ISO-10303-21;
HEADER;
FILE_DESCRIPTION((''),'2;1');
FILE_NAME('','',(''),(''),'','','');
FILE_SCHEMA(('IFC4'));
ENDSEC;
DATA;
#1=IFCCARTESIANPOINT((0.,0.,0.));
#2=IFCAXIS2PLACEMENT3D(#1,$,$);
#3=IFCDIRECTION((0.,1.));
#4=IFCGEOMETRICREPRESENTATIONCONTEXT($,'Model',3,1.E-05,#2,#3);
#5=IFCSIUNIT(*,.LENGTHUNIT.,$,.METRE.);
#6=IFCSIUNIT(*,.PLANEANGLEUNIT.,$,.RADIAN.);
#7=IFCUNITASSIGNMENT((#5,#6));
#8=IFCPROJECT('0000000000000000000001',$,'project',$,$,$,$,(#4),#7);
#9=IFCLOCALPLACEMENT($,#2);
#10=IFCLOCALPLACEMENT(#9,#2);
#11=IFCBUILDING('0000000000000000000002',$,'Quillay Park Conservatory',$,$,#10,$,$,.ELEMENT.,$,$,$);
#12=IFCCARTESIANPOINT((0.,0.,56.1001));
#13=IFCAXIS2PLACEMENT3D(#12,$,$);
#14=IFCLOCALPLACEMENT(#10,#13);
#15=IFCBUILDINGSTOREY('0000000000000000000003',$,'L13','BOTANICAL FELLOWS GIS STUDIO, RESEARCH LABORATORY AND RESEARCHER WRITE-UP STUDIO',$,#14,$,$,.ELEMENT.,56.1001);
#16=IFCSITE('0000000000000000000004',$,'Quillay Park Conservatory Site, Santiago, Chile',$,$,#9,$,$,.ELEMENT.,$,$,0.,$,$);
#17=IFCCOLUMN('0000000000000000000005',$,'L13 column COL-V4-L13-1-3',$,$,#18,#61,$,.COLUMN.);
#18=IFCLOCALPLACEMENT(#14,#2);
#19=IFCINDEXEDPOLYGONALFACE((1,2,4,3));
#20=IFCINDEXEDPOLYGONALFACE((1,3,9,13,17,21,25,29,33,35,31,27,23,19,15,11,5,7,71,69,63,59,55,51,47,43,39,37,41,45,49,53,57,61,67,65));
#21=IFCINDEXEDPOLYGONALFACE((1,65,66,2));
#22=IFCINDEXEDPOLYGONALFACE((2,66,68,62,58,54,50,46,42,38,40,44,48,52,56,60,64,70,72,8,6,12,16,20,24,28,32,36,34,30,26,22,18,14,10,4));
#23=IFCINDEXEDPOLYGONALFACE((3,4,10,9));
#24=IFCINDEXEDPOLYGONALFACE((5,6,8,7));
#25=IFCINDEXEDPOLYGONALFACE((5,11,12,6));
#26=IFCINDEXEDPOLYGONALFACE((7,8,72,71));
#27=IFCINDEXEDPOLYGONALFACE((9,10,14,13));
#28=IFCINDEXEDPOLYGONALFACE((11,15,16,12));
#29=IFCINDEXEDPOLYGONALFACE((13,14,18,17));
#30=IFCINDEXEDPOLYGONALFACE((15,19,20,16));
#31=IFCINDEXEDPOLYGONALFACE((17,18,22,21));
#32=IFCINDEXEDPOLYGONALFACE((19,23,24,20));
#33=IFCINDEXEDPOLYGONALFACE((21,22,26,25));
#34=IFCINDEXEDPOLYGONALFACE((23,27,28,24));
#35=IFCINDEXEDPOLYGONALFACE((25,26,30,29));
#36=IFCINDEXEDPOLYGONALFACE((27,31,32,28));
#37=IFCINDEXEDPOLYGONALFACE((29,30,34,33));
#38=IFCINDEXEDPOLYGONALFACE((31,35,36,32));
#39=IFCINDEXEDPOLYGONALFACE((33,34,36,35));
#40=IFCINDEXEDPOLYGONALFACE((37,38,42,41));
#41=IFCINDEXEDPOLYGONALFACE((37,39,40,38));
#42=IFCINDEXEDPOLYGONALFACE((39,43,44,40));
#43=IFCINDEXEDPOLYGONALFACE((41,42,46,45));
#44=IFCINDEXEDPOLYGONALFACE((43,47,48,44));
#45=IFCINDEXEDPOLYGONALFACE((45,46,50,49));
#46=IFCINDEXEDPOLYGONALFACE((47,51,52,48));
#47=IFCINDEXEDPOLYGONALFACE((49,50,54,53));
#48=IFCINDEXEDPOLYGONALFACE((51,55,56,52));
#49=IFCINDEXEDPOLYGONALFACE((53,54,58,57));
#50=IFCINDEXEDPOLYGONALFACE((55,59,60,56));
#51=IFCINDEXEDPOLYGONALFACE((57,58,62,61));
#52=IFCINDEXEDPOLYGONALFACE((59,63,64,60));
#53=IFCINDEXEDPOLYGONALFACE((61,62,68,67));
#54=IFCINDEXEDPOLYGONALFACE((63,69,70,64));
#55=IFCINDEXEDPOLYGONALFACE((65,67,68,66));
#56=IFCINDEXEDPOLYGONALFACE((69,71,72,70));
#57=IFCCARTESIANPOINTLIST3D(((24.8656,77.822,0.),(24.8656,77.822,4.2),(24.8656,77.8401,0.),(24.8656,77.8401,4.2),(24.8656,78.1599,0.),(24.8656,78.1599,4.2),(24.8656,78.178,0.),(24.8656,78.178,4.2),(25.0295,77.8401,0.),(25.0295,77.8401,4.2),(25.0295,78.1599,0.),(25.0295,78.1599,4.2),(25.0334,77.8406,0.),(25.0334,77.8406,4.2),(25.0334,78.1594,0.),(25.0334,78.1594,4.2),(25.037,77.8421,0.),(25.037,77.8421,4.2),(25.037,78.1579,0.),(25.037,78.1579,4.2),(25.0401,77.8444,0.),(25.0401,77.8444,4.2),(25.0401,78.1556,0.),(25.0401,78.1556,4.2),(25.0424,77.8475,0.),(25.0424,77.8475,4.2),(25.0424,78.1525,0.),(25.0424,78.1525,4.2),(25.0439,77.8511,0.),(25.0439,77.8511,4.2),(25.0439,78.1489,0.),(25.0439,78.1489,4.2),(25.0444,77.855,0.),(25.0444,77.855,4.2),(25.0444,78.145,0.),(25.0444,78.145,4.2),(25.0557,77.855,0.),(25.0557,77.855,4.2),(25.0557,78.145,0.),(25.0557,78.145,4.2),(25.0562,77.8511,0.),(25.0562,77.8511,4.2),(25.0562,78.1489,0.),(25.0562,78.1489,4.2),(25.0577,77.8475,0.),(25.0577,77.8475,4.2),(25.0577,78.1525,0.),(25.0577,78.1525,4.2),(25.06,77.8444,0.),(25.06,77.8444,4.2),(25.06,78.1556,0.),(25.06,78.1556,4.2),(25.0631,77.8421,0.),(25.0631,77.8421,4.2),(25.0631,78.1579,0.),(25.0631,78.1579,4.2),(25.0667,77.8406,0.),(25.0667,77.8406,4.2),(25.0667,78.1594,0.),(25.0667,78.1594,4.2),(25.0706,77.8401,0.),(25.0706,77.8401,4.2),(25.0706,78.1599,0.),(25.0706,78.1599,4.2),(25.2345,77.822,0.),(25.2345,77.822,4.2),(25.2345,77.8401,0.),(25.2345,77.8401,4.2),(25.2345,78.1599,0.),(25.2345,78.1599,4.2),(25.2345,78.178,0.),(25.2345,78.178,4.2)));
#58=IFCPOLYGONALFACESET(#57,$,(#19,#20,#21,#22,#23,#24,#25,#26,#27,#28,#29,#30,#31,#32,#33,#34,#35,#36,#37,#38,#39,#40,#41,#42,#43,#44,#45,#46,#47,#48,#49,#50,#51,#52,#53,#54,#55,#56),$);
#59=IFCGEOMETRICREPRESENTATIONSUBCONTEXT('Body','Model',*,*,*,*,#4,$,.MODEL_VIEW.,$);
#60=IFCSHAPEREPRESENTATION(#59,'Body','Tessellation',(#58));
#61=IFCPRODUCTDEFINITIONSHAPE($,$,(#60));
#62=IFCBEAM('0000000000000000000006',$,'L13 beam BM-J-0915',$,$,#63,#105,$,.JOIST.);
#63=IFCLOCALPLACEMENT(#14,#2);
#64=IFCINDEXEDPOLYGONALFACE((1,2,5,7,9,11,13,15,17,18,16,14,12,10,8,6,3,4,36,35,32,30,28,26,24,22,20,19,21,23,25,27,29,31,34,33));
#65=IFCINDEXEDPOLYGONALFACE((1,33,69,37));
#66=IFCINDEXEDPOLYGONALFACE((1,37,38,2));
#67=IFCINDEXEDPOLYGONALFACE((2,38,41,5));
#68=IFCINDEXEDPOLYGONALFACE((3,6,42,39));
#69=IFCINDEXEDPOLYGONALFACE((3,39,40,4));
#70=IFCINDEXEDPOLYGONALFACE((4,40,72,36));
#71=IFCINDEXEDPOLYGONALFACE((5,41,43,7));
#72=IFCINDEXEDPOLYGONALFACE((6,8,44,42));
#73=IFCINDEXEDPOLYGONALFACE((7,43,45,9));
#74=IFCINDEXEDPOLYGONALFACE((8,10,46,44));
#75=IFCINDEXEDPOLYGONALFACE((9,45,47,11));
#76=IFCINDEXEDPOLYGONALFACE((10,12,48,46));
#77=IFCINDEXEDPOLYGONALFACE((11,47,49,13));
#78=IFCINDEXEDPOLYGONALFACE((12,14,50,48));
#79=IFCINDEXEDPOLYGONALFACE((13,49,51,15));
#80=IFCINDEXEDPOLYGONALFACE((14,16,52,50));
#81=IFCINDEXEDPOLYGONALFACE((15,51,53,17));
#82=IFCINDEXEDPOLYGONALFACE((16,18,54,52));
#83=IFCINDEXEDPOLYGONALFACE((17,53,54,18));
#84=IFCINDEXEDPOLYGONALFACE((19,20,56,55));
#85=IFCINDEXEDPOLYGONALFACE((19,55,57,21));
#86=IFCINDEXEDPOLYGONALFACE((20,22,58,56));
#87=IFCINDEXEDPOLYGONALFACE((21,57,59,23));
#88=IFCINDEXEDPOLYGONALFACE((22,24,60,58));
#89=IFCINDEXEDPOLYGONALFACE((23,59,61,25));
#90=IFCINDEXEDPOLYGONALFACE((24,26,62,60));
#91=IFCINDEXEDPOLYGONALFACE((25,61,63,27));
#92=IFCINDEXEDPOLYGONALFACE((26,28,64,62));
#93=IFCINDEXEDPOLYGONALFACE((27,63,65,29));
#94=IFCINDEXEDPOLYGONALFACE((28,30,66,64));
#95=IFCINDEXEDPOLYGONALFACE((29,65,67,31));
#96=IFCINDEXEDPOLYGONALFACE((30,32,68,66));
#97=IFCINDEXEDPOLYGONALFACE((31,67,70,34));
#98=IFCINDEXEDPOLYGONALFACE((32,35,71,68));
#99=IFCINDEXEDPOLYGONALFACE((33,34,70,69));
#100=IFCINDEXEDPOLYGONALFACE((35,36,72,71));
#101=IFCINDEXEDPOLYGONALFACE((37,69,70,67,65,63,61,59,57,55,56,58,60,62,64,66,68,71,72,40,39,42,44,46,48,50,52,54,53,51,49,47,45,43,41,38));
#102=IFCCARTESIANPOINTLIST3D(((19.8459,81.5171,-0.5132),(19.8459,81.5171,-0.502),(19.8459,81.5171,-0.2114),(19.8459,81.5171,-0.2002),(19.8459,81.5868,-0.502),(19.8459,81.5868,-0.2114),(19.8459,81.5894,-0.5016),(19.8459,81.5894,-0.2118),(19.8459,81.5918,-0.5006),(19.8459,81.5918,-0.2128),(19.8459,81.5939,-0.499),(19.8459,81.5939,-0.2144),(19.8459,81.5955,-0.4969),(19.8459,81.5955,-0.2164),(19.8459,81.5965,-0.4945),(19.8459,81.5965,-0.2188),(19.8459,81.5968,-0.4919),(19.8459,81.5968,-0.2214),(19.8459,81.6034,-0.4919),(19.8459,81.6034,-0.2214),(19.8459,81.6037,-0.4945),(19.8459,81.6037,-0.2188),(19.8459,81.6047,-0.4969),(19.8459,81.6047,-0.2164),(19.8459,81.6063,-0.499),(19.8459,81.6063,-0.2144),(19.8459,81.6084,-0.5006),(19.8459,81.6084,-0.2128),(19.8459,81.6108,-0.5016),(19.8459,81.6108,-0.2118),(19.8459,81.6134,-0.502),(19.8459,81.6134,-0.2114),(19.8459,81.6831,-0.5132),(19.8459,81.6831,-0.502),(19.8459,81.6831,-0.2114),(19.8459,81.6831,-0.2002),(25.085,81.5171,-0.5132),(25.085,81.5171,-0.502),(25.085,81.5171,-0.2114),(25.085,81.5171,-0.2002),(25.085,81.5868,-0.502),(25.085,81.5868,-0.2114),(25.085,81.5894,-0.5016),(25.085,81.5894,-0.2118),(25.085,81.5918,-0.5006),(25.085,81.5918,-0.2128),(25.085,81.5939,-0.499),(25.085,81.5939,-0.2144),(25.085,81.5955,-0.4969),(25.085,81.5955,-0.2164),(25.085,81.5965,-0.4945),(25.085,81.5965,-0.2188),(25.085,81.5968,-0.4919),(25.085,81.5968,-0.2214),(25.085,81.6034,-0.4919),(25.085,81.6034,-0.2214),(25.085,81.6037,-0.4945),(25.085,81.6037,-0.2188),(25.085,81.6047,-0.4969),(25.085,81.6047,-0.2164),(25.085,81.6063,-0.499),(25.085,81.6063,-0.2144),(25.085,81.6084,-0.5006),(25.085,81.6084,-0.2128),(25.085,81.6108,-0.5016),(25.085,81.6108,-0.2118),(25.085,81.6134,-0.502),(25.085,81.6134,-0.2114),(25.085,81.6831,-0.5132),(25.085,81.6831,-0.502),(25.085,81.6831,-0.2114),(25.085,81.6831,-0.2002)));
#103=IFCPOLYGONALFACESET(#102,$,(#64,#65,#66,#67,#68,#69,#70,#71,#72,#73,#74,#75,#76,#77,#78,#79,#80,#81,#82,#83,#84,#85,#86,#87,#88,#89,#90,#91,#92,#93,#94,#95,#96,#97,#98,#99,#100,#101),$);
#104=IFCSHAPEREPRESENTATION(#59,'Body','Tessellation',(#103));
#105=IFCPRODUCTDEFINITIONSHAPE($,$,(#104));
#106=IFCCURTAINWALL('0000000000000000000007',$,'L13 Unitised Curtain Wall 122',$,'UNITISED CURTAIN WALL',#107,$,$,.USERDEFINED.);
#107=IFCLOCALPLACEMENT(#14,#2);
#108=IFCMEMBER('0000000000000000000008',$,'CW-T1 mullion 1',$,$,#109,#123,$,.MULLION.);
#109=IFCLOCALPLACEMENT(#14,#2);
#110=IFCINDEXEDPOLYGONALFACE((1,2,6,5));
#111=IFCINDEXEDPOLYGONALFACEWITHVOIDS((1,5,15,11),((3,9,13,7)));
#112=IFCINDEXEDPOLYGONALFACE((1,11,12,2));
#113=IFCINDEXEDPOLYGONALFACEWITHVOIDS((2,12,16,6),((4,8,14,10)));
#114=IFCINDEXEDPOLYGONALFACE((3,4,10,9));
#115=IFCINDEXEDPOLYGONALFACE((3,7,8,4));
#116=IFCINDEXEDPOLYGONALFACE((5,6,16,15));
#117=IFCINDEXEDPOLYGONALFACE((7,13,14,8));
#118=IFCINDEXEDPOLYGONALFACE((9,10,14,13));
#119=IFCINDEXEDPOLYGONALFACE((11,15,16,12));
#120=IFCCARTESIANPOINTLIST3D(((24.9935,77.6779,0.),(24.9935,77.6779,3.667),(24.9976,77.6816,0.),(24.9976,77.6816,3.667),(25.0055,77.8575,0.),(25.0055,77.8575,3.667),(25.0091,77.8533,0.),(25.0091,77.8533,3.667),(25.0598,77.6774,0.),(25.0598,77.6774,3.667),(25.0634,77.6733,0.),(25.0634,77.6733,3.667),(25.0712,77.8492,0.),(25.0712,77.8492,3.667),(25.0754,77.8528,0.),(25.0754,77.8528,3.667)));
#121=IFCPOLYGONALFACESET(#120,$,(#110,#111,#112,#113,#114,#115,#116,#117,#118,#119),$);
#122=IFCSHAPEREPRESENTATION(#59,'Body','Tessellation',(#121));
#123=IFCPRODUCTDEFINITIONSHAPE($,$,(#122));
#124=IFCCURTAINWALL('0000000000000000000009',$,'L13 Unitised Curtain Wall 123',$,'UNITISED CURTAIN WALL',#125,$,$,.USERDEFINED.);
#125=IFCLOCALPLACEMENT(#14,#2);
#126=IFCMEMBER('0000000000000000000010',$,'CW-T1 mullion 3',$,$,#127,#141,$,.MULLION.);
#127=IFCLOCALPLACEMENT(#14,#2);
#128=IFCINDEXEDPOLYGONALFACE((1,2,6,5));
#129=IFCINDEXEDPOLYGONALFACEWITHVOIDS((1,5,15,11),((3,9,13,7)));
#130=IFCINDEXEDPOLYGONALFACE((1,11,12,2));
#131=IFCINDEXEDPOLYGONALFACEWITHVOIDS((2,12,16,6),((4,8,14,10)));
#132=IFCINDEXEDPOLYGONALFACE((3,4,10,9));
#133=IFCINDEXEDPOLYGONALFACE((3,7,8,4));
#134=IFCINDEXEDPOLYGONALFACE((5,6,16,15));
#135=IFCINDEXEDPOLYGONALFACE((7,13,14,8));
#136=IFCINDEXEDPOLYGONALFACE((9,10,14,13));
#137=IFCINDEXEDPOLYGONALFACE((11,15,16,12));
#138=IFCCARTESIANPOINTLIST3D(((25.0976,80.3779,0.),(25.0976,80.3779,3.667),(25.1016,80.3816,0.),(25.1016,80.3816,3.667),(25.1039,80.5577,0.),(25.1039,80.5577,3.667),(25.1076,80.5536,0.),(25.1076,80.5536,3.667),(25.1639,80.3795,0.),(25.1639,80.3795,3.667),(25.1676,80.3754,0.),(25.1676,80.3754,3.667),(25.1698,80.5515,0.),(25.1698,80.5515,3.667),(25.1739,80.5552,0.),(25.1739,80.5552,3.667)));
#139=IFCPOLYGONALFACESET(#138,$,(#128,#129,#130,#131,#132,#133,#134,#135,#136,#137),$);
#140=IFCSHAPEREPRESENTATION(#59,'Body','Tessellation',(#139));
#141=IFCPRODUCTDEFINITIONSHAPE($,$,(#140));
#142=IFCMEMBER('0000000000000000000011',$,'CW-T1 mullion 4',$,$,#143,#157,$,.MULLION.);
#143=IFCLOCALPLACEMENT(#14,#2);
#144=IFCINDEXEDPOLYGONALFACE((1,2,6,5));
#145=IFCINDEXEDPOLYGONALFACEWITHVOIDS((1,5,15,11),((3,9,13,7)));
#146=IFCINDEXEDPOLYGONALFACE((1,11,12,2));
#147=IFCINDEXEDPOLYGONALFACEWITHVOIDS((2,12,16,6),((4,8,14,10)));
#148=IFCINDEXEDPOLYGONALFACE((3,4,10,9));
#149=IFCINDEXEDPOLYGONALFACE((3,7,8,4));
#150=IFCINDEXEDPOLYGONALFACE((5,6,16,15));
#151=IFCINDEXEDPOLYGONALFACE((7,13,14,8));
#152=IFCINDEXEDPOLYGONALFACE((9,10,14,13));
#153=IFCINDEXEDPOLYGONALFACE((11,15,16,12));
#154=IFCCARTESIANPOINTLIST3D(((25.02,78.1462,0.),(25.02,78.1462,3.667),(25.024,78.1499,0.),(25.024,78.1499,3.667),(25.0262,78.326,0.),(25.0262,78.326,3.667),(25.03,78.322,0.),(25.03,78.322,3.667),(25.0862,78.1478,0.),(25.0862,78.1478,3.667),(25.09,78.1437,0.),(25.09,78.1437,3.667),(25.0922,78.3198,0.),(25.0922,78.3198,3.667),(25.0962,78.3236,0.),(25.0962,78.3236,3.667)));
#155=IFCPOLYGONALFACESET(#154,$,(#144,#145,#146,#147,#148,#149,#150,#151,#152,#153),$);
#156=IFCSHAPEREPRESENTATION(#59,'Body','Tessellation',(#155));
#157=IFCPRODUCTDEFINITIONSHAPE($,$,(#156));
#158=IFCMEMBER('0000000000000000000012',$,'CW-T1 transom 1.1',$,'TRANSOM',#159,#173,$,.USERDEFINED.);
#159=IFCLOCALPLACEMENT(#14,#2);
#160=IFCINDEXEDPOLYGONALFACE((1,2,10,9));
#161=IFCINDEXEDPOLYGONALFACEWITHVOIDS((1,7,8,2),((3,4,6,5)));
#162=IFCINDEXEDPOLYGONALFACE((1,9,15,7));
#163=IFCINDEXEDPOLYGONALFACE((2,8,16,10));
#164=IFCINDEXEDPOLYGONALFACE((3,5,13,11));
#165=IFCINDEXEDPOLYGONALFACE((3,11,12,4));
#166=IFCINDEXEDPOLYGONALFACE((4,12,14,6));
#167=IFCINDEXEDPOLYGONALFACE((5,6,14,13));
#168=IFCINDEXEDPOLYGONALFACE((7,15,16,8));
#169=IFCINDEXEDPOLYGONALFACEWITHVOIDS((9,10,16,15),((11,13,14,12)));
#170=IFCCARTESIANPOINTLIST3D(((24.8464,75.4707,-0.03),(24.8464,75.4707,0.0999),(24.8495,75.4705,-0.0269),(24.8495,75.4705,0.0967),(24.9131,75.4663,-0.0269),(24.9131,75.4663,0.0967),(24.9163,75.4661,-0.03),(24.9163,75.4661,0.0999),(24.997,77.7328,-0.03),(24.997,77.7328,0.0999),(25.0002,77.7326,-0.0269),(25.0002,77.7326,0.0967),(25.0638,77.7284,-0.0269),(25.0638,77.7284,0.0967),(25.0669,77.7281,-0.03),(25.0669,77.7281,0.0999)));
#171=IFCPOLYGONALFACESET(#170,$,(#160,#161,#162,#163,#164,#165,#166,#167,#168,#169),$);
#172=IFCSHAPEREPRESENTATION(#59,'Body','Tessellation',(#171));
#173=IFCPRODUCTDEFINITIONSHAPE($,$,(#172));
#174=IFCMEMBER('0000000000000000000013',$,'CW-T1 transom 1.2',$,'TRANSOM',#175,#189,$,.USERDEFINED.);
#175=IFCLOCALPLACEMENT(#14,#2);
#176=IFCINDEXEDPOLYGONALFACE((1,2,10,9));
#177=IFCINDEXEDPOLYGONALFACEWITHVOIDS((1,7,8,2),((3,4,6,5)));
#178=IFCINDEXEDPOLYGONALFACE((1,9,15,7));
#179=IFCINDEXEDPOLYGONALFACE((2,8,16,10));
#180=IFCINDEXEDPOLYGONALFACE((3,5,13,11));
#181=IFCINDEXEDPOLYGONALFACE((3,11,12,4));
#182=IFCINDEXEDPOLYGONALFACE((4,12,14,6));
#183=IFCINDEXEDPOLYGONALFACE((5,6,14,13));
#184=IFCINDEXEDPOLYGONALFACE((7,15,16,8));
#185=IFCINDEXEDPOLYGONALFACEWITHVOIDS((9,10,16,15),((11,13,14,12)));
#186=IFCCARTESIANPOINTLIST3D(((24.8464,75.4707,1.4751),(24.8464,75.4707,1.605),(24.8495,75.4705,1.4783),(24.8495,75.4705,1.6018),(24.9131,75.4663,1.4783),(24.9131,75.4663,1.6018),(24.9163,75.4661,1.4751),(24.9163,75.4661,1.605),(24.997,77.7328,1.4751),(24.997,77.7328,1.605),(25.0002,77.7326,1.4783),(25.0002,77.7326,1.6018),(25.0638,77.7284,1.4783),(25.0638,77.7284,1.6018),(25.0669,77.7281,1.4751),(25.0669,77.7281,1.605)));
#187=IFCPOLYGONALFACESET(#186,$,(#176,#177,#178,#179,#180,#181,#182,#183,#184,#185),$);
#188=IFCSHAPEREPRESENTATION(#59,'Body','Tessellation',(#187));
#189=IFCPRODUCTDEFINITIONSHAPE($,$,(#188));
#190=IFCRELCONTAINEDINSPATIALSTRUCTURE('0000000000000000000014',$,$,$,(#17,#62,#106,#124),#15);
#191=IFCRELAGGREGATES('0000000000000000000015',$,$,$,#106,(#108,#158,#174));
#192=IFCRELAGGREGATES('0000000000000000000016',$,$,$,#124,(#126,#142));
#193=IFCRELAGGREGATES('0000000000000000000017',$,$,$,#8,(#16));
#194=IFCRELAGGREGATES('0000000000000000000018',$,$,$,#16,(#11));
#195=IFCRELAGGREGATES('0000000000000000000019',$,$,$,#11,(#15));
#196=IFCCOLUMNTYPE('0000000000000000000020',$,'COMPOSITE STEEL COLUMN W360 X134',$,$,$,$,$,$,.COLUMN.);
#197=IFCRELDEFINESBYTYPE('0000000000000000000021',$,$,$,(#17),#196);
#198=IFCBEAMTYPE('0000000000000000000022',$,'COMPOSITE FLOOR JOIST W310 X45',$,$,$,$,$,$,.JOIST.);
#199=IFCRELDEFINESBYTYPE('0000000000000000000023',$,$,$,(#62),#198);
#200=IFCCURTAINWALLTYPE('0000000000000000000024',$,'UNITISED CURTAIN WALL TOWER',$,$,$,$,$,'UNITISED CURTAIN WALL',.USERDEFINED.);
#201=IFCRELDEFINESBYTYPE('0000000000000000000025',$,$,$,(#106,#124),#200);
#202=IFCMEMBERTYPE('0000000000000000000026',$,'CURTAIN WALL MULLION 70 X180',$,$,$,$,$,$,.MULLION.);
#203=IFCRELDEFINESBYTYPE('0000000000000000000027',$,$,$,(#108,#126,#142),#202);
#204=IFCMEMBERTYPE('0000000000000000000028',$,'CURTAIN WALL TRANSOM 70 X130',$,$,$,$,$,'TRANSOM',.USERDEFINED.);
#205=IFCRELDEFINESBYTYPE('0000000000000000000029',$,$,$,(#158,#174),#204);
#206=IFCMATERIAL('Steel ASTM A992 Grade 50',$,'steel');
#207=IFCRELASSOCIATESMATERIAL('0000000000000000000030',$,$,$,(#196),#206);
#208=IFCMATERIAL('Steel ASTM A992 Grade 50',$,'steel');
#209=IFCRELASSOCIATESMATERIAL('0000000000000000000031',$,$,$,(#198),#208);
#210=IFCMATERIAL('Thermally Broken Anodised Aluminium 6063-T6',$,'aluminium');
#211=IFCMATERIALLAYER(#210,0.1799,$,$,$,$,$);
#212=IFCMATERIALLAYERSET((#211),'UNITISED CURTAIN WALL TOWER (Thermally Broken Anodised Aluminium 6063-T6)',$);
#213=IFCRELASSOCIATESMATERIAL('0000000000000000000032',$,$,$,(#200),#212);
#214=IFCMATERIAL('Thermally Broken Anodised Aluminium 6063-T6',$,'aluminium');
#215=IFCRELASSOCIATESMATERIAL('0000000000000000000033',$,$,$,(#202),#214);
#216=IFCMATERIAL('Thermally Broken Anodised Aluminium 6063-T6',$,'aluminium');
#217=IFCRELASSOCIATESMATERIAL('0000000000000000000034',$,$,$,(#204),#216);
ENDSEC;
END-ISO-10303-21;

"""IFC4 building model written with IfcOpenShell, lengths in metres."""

from ifc_helpers import new_model, si_unit, direction, frame, origin, origin_2d, place, context, subcontext, project, spatial, hollow_rectangle, i_section, extrude, material, layer, layer_set, material_profile, profile_set, type_object, element, aggregate, save


model = new_model("IFC4")

# Units and contexts
model_context = context("Model", 3, precision=1e-05, world=origin(), true_north=direction((0.0, 1.0)))
body_context = subcontext(model_context, "Body", "Model", "MODEL_VIEW")
ifc_project = project(units=[si_unit("LENGTHUNIT", "METRE"), si_unit("PLANEANGLEUNIT", "RADIAN")], contexts=[model_context])

# Site, building, storey
site_placement = place(None, origin())
site = spatial("IfcSite", under=ifc_project, at=site_placement, Name="Quillay Park Conservatory Site, Santiago, Chile", CompositionType="ELEMENT", RefElevation=0.0)
building_placement = place(site_placement, origin())
building = spatial("IfcBuilding", under=site, at=building_placement, Name="Quillay Park Conservatory", CompositionType="ELEMENT")
storey_placement = place(building_placement, frame((0.0, 0.0, 56.1001)))
storey = spatial("IfcBuildingStorey", under=building, at=storey_placement, Name="L13", Description="BOTANICAL FELLOWS GIS STUDIO, RESEARCH LABORATORY AND RESEARCHER WRITE-UP STUDIO", CompositionType="ELEMENT", Elevation=56.1001)

# Column
ifc_material_1 = material(Name="Steel ASTM A992 Grade 50", Category="steel")
ifc_material_profile_1 = material_profile(ifc_material_1, i_section(OverallWidth=0.3689, OverallDepth=0.356, WebThickness=0.0112, FlangeThickness=0.0181, FilletRadius=0.0149, at=origin_2d()), Name="W360x134")
ifc_profile_set_1 = profile_set([ifc_material_profile_1], Name="Steel ASTM A992 Grade 50")
column_type = type_object("IfcColumnType", Name="COMPOSITE STEEL COLUMN W360 X134", PredefinedType="COLUMN", material=ifc_profile_set_1)
column_placement = place(storey_placement, frame((25.05, 78.0, 0.0), z_axis=(0.0, 0.0, 1.0), x_axis=(1.0, 0.0, 0.0)))
element("IfcColumn", 1, at=column_placement, inside=storey, type_object=column_type, Name="L13 column COL-V4-L13-1-3", PredefinedType="COLUMN", context=body_context, shape_type="SweptSolid", body=[
    extrude(i_section(OverallWidth=0.3689, OverallDepth=0.356, WebThickness=0.0112, FlangeThickness=0.0181, FilletRadius=0.0149, at=origin_2d()), origin(), (0.0, 0.0, 1.0), 4.2),
])

# Beam
ifc_material_2 = material(Name="Steel ASTM A992 Grade 50", Category="steel")
ifc_material_profile_2 = material_profile(ifc_material_2, i_section(OverallWidth=0.166, OverallDepth=0.313, WebThickness=0.0066, FlangeThickness=0.0112, FilletRadius=0.01, at=origin_2d()), Name="W310x45")
ifc_profile_set_2 = profile_set([ifc_material_profile_2], Name="Steel ASTM A992 Grade 50")
beam_type_1 = type_object("IfcBeamType", Name="COMPOSITE FLOOR JOIST W310 X45", PredefinedType="JOIST", material=ifc_profile_set_2)
beam_1_placement = place(storey_placement, frame((19.8459, 81.6001, -0.3567), z_axis=(1.0, 0.0, 0.0), x_axis=(0.0, 1.0, 0.0)))
element("IfcBeam", 2, at=beam_1_placement, inside=storey, type_object=beam_type_1, Name="L13 beam BM-J-0915", PredefinedType="JOIST", context=body_context, shape_type="SweptSolid", body=[
    extrude(i_section(OverallWidth=0.166, OverallDepth=0.313, WebThickness=0.0066, FlangeThickness=0.0112, FilletRadius=0.01, at=origin_2d()), origin(), (0.0, 0.0, 1.0), 5.239),
])

# Curtain wall, member
ifc_material_3 = material(Name="Thermally Broken Anodised Aluminium 6063-T6", Category="aluminium")
ifc_layer_1 = layer(ifc_material_3, 0.1799)
ifc_layer_set_1 = layer_set([ifc_layer_1], Name="UNITISED CURTAIN WALL TOWER (Thermally Broken Anodised Aluminium 6063-T6)")
curtain_wall_type = type_object("IfcCurtainWallType", Name="UNITISED CURTAIN WALL TOWER", ElementType="UNITISED CURTAIN WALL", PredefinedType="USERDEFINED", material=ifc_layer_set_1)
curtain_wall_1_placement = place(storey_placement, origin())
curtain_wall_1 = element("IfcCurtainWall", 3, at=curtain_wall_1_placement, inside=storey, type_object=curtain_wall_type, Name="L13 Unitised Curtain Wall 122", ObjectType="UNITISED CURTAIN WALL", PredefinedType="USERDEFINED")
ifc_material_4 = material(Name="Thermally Broken Anodised Aluminium 6063-T6", Category="aluminium")
ifc_material_profile_3 = material_profile(ifc_material_4, hollow_rectangle(XDim=0.0701, YDim=0.1799, WallThickness=0.0039, at=origin_2d()), Name="AL70x180x4")
ifc_profile_set_3 = profile_set([ifc_material_profile_3], Name="Thermally Broken Anodised Aluminium 6063-T6")
member_type_1 = type_object("IfcMemberType", Name="CURTAIN WALL MULLION 70 X180", PredefinedType="MULLION", material=ifc_profile_set_3)
member_1_placement = place(storey_placement, frame((25.0344, 77.7654, 0.0), z_axis=(0.0, 0.0, 1.0), x_axis=(0.997785, -0.066521, 0.0)))
member_1 = element("IfcMember", 4, at=member_1_placement, type_object=member_type_1, Name="CW-T1 mullion 1", PredefinedType="MULLION", context=body_context, shape_type="SweptSolid", body=[
    extrude(hollow_rectangle(XDim=0.0701, YDim=0.1799, WallThickness=0.0039, at=origin_2d()), origin(), (0.0, 0.0, 1.0), 3.667),
])

# Curtain wall, members
curtain_wall_2_placement = place(storey_placement, origin())
curtain_wall_2 = element("IfcCurtainWall", 5, at=curtain_wall_2_placement, inside=storey, type_object=curtain_wall_type, Name="L13 Unitised Curtain Wall 123", ObjectType="UNITISED CURTAIN WALL", PredefinedType="USERDEFINED")
member_2_placement = place(storey_placement, frame((25.1357, 80.4666, 0.0), z_axis=(0.0, 0.0, 1.0), x_axis=(0.999397, -0.034713, 0.0)))
member_2 = element("IfcMember", 6, at=member_2_placement, type_object=member_type_1, Name="CW-T1 mullion 3", PredefinedType="MULLION", context=body_context, shape_type="SweptSolid", body=[
    extrude(hollow_rectangle(XDim=0.0701, YDim=0.1799, WallThickness=0.0039, at=origin_2d()), origin(), (0.0, 0.0, 1.0), 3.667),
])
member_3_placement = place(storey_placement, frame((25.0581, 78.2349, 0.0), z_axis=(0.0, 0.0, 1.0), x_axis=(0.999397, -0.034713, 0.0)))
member_3 = element("IfcMember", 7, at=member_3_placement, type_object=member_type_1, Name="CW-T1 mullion 4", PredefinedType="MULLION", context=body_context, shape_type="SweptSolid", body=[
    extrude(hollow_rectangle(XDim=0.0701, YDim=0.1799, WallThickness=0.0039, at=origin_2d()), origin(), (0.0, 0.0, 1.0), 3.667),
])

# Members
ifc_material_5 = material(Name="Thermally Broken Anodised Aluminium 6063-T6", Category="aluminium")
ifc_material_profile_4 = material_profile(ifc_material_5, hollow_rectangle(XDim=0.0701, YDim=0.1299, WallThickness=0.0032, at=origin_2d()), Name="AL70x130x3.2")
ifc_profile_set_4 = profile_set([ifc_material_profile_4], Name="Thermally Broken Anodised Aluminium 6063-T6")
member_type_2 = type_object("IfcMemberType", Name="CURTAIN WALL TRANSOM 70 X130", ElementType="TRANSOM", PredefinedType="USERDEFINED", material=ifc_profile_set_4)
member_4_placement = place(storey_placement, frame((25.032, 77.7305, 0.0349), z_axis=(-0.066448, -0.99779, 0.0), x_axis=(0.99779, -0.066448, 0.0)))
member_4 = element("IfcMember", 8, at=member_4_placement, type_object=member_type_2, Name="CW-T1 transom 1.1", ObjectType="TRANSOM", PredefinedType="USERDEFINED", context=body_context, shape_type="SweptSolid", body=[
    extrude(hollow_rectangle(XDim=0.0701, YDim=0.1299, WallThickness=0.0032, at=origin_2d()), origin(), (0.0, 0.0, 1.0), 2.2671),
])
member_5_placement = place(storey_placement, frame((25.032, 77.7305, 1.54), z_axis=(-0.066448, -0.99779, 0.0), x_axis=(0.99779, -0.066448, 0.0)))
member_5 = element("IfcMember", 9, at=member_5_placement, type_object=member_type_2, Name="CW-T1 transom 1.2", ObjectType="TRANSOM", PredefinedType="USERDEFINED", context=body_context, shape_type="SweptSolid", body=[
    extrude(hollow_rectangle(XDim=0.0701, YDim=0.1299, WallThickness=0.0032, at=origin_2d()), origin(), (0.0, 0.0, 1.0), 2.2671),
])

aggregate(curtain_wall_1, [member_1, member_4, member_5])
aggregate(curtain_wall_2, [member_2, member_3])

save(model, "model.ifc")
